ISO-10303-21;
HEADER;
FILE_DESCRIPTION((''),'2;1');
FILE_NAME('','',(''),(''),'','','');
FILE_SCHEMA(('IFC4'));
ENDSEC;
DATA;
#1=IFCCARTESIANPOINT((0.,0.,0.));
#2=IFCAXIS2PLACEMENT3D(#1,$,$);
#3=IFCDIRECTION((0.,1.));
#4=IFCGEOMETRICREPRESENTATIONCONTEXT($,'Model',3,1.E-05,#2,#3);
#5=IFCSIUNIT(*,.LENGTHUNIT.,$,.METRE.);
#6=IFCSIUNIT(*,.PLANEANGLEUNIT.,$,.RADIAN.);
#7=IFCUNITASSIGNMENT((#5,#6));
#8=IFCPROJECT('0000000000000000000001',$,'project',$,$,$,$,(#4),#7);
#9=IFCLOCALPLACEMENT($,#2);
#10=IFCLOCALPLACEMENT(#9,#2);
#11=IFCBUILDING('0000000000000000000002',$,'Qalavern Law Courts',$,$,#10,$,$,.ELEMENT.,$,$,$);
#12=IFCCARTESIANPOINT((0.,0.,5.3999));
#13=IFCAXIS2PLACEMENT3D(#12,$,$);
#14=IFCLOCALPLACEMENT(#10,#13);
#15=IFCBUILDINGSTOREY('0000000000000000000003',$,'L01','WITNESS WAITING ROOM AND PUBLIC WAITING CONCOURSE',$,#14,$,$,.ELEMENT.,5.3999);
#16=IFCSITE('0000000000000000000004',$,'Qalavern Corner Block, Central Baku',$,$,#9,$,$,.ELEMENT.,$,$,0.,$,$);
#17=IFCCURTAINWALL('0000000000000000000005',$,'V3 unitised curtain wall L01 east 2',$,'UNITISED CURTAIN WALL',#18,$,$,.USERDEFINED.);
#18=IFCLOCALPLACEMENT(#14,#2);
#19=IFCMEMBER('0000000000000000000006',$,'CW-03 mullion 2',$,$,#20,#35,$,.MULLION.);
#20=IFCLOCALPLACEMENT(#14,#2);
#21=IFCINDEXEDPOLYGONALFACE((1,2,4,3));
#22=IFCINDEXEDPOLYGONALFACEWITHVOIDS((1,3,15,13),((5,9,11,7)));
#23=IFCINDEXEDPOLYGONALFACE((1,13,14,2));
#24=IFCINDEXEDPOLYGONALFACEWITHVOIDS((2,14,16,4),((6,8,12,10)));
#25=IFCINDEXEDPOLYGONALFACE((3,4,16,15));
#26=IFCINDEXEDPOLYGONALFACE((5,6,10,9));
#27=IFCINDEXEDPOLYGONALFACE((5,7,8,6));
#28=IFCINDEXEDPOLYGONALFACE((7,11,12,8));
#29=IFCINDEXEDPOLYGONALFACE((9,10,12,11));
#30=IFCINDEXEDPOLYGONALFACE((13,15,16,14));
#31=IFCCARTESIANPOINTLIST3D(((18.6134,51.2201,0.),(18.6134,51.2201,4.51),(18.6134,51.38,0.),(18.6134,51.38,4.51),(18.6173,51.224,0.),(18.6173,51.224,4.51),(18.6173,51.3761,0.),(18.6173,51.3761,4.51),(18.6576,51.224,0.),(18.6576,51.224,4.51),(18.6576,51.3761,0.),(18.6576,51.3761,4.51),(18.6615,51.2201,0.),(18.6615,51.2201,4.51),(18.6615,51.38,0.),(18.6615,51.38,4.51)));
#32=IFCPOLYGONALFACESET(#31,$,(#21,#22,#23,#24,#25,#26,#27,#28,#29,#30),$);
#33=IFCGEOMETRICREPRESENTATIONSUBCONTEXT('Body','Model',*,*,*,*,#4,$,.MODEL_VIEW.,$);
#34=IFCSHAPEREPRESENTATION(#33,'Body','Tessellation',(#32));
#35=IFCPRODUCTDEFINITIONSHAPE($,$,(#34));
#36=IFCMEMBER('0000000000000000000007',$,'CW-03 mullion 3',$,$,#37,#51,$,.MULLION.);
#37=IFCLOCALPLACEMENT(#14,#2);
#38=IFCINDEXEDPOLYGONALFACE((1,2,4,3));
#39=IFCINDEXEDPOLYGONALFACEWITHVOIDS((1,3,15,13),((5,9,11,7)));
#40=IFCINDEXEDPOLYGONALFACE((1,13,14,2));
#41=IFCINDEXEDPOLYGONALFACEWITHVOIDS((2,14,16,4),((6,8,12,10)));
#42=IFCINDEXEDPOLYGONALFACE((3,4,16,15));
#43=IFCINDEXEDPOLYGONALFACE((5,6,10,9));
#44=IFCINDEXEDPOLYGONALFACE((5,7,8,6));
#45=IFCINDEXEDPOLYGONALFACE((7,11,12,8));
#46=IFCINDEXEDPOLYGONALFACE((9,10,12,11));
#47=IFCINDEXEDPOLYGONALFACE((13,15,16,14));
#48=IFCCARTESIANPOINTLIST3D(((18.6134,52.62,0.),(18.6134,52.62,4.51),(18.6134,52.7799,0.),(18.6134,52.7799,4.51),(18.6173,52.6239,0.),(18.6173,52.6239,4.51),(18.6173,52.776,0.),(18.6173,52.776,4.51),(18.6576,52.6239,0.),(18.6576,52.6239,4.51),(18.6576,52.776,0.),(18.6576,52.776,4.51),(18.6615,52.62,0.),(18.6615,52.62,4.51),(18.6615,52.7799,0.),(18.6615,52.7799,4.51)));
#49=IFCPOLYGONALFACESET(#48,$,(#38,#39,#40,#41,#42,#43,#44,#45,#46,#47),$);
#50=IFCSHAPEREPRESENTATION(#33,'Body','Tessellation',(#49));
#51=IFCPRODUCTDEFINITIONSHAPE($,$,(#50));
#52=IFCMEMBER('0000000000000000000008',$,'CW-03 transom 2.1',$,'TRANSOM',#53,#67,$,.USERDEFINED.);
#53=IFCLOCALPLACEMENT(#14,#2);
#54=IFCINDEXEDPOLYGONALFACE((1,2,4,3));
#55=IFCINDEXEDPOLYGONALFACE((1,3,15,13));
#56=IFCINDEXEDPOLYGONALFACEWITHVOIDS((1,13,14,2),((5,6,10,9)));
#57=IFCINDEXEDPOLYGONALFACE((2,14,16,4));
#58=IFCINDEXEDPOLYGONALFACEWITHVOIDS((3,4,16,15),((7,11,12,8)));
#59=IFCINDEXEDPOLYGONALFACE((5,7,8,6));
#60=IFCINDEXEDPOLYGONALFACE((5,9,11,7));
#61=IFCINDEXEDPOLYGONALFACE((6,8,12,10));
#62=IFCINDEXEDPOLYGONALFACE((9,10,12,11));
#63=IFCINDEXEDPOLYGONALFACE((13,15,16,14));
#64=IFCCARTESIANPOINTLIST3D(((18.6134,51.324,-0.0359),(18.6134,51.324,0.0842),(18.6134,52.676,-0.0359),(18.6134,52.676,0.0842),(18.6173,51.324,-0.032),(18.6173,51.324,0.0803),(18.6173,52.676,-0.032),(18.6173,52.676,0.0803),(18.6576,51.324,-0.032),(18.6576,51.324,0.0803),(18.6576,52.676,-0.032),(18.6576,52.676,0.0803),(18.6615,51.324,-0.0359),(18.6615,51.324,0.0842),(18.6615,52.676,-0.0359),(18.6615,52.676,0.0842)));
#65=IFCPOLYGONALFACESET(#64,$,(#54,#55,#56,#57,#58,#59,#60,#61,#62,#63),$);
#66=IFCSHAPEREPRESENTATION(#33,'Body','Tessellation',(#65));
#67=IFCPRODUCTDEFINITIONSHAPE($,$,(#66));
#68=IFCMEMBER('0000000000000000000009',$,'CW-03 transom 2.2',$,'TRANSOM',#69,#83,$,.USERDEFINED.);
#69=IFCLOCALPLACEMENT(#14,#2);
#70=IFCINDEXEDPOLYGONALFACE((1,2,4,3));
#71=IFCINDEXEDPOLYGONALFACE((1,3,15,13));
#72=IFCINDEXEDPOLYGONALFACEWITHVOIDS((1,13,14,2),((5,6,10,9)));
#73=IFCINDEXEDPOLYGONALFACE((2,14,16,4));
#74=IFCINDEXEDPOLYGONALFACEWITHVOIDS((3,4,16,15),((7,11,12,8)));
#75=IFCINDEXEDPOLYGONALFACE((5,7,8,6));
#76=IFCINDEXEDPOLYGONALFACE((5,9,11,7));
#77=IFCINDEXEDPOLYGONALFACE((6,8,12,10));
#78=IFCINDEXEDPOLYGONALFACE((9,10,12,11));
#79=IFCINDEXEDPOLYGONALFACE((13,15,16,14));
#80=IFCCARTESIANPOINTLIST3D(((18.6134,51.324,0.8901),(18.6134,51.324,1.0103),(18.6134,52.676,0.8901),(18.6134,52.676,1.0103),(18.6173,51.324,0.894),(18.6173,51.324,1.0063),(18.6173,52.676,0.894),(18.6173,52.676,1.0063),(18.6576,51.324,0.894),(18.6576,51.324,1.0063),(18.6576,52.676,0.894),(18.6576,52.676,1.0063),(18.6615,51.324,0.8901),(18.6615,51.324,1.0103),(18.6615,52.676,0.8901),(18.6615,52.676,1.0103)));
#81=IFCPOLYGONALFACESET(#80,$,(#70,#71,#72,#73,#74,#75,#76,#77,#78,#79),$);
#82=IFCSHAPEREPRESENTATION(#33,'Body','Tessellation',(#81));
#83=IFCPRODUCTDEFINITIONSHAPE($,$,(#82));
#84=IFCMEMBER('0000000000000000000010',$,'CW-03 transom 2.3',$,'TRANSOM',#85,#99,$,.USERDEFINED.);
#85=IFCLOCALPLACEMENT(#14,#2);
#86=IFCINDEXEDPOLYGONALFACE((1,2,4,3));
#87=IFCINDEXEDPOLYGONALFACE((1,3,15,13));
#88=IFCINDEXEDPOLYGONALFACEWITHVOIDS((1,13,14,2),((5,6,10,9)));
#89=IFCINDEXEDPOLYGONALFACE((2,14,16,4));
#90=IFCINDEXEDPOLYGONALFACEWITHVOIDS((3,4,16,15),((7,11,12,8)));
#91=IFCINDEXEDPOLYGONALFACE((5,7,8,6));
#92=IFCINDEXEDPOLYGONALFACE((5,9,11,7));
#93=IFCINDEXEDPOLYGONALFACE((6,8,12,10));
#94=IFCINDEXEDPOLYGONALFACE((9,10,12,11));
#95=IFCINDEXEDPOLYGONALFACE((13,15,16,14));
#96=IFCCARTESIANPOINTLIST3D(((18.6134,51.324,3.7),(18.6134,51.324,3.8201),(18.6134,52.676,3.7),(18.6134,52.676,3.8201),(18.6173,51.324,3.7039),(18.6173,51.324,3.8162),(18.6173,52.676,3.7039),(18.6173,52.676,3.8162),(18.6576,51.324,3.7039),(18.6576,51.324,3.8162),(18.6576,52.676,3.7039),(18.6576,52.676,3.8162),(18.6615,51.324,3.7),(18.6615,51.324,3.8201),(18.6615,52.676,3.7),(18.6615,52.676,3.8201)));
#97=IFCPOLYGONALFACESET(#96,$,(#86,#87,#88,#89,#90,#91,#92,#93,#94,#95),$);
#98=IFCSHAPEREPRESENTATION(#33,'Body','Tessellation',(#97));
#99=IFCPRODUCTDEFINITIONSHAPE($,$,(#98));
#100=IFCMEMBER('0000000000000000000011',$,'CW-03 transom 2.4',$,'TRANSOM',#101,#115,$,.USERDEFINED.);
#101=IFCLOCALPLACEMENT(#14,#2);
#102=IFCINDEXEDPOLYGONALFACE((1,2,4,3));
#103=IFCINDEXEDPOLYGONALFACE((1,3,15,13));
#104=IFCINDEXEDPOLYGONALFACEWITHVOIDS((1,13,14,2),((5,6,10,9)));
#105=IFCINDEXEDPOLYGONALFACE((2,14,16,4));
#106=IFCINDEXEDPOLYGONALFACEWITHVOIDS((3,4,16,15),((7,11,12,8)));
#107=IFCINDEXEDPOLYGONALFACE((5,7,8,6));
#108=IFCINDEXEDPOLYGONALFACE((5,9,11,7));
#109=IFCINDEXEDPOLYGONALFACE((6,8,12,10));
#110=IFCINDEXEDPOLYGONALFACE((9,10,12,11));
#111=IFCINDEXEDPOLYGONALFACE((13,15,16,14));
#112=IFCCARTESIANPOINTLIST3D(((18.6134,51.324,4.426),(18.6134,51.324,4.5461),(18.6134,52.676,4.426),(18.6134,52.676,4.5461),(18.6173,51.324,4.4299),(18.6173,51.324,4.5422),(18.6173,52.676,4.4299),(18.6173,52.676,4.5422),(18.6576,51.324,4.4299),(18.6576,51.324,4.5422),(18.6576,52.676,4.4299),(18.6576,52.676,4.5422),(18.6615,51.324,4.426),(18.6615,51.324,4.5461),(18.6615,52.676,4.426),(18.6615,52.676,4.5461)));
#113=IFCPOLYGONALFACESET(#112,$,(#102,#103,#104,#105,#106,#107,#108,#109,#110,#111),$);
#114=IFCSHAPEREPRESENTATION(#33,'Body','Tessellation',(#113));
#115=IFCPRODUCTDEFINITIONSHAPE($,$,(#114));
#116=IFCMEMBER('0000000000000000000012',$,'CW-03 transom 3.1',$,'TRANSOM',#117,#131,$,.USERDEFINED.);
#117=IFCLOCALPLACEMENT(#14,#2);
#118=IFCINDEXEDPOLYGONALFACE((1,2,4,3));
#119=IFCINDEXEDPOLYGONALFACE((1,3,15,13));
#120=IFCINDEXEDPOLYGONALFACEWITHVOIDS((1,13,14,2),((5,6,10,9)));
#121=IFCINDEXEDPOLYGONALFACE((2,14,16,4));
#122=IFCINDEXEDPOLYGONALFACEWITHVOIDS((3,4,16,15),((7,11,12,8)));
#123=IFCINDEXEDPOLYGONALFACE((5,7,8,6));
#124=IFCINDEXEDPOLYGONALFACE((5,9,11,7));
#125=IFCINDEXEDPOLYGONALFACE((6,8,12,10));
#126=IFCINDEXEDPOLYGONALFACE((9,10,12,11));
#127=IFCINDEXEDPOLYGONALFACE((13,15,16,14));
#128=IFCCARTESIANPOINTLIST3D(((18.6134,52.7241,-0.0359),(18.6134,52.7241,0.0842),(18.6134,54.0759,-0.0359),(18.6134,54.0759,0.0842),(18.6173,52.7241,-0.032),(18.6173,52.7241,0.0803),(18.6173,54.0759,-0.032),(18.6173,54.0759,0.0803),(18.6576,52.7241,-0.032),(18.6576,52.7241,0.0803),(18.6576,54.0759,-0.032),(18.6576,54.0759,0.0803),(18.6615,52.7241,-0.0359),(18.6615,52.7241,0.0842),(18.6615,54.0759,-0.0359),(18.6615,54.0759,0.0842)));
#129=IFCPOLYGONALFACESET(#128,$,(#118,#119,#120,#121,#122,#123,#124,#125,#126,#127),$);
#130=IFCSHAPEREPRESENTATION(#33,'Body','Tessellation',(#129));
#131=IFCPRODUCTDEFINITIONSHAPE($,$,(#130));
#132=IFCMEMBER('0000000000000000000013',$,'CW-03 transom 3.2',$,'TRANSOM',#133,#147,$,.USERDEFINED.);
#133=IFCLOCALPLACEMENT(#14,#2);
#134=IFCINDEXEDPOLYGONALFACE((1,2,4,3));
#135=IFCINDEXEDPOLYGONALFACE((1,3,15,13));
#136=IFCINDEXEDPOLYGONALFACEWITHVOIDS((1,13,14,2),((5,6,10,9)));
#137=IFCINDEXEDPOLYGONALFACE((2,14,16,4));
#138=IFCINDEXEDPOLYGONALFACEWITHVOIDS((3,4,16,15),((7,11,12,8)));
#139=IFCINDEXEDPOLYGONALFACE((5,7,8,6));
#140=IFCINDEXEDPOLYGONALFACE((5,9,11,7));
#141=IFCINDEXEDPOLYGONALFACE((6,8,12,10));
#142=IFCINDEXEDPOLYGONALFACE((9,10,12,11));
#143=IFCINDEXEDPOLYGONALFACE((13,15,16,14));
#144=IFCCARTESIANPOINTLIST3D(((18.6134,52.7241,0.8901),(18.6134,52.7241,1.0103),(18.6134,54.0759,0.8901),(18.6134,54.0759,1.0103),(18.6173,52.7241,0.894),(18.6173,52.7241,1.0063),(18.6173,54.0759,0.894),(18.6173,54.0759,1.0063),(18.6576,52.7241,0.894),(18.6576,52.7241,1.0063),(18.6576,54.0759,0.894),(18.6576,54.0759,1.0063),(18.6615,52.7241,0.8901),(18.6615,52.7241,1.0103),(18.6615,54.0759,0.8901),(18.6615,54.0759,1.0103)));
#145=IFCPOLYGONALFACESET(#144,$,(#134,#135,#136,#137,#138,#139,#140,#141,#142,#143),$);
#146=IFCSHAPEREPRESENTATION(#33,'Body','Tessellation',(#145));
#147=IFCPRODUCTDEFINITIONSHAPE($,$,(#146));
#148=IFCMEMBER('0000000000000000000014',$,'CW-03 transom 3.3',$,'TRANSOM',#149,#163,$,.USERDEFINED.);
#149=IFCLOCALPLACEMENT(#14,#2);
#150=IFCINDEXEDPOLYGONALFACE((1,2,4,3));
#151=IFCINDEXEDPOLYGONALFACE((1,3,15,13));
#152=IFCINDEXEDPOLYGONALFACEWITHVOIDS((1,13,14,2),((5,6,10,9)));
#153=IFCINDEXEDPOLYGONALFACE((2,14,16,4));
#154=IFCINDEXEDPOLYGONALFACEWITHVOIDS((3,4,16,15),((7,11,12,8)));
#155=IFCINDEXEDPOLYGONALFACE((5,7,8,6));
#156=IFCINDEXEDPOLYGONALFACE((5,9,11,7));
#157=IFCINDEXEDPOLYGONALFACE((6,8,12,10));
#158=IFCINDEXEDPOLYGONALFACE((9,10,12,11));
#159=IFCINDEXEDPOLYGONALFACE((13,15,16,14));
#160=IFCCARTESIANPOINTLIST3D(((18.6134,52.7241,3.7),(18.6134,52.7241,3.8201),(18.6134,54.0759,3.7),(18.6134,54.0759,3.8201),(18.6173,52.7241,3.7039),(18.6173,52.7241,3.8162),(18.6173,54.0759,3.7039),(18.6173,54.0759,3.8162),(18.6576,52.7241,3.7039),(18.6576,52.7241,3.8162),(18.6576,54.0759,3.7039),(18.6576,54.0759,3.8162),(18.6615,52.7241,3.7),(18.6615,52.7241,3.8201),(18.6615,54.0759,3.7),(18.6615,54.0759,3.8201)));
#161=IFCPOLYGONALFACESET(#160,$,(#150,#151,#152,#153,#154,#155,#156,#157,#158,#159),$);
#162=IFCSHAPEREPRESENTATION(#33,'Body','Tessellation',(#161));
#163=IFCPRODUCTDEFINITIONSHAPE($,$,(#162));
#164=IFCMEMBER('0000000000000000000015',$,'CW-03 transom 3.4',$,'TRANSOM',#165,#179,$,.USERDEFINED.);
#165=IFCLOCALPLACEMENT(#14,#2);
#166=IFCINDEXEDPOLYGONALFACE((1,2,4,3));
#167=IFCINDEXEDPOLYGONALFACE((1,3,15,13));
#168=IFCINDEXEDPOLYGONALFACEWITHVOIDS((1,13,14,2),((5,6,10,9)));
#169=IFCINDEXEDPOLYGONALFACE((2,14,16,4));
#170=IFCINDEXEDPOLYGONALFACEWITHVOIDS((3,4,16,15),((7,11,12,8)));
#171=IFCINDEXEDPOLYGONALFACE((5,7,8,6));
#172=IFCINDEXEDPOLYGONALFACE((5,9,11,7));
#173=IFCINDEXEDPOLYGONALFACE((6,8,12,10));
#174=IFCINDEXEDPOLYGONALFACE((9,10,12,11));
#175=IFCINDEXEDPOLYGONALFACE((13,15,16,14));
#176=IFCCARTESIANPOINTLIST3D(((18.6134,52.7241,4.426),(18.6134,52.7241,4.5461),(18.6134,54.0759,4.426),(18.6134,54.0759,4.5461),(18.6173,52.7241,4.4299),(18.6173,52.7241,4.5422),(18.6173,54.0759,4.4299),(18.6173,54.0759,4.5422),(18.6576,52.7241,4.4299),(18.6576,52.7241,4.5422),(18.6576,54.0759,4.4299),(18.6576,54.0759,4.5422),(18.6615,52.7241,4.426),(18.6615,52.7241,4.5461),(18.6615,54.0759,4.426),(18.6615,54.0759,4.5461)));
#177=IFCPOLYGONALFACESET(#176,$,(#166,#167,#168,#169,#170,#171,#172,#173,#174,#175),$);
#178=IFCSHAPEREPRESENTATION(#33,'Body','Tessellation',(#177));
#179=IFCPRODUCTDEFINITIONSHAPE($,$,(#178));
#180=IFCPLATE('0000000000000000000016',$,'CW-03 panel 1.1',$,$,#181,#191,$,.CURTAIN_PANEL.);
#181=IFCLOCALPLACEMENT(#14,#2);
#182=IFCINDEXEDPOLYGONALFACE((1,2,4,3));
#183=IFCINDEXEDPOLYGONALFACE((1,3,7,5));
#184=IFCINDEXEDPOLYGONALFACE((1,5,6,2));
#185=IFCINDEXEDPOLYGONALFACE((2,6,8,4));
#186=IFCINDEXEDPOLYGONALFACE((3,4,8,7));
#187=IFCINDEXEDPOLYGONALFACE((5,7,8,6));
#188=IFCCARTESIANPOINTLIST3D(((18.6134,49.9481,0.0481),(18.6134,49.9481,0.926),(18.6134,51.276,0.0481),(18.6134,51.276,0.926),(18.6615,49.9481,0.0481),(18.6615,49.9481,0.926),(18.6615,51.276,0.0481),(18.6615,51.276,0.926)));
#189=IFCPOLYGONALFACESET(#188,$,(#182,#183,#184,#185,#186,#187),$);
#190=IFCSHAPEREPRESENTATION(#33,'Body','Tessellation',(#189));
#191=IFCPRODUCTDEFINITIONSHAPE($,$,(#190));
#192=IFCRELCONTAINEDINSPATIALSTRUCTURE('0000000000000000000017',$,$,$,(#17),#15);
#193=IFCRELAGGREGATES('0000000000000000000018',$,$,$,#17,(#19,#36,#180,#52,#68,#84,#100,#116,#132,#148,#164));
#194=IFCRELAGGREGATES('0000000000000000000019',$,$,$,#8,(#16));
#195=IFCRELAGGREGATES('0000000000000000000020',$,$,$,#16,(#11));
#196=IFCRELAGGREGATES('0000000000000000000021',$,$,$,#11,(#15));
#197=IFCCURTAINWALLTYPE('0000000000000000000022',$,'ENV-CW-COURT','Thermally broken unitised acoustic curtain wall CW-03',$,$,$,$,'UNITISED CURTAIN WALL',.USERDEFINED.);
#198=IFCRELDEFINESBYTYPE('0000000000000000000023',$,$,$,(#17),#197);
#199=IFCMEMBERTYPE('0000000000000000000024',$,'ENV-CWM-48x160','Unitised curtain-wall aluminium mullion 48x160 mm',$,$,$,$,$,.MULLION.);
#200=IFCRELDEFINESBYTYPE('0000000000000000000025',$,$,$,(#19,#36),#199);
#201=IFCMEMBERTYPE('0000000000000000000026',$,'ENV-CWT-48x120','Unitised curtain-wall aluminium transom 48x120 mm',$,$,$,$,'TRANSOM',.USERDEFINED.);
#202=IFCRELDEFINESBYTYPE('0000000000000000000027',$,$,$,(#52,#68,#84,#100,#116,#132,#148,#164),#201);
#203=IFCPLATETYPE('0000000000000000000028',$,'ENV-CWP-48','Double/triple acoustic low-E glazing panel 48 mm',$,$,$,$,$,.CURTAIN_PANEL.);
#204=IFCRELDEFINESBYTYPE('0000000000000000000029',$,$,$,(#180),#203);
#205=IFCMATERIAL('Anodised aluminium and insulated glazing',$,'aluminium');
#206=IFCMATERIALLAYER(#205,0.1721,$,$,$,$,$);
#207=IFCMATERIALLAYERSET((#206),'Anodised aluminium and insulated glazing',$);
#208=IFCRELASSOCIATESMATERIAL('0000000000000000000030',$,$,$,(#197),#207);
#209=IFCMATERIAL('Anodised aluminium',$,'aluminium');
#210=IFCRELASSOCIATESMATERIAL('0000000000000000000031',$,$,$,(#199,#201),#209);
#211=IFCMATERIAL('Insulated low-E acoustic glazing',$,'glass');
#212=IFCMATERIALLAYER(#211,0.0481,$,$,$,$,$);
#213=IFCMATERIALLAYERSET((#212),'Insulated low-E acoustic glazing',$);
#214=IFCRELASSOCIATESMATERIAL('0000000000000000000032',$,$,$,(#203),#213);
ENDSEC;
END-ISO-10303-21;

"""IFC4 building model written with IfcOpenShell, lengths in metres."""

from ifc_helpers import new_model, si_unit, direction, frame, origin, origin_2d, place, context, subcontext, project, spatial, rectangle, hollow_rectangle, extrude, material, layer, layer_set, material_profile, profile_set, type_object, element, aggregate, save


model = new_model("IFC4")

# Units and contexts
model_context = context("Model", 3, precision=1e-05, world=origin(), true_north=direction((0.0, 1.0)))
body_context = subcontext(model_context, "Body", "Model", "MODEL_VIEW")
ifc_project = project(units=[si_unit("LENGTHUNIT", "METRE"), si_unit("PLANEANGLEUNIT", "RADIAN")], contexts=[model_context])

# Site, building, storey
site_placement = place(None, origin())
site = spatial("IfcSite", under=ifc_project, at=site_placement, Name="Qalavern Corner Block, Central Baku", CompositionType="ELEMENT", RefElevation=0.0)
building_placement = place(site_placement, origin())
building = spatial("IfcBuilding", under=site, at=building_placement, Name="Qalavern Law Courts", CompositionType="ELEMENT")
storey_placement = place(building_placement, frame((0.0, 0.0, 5.3999)))
storey = spatial("IfcBuildingStorey", under=building, at=storey_placement, Name="L01", Description="WITNESS WAITING ROOM AND PUBLIC WAITING CONCOURSE", CompositionType="ELEMENT", Elevation=5.3999)

# Curtain wall, members, plate
ifc_material_1 = material(Name="Anodised aluminium and insulated glazing", Category="aluminium")
ifc_layer_1 = layer(ifc_material_1, 0.1721)
ifc_layer_set_1 = layer_set([ifc_layer_1], Name="Anodised aluminium and insulated glazing")
curtain_wall_type = type_object("IfcCurtainWallType", Name="ENV-CW-COURT", Description="Thermally broken unitised acoustic curtain wall CW-03", ElementType="UNITISED CURTAIN WALL", PredefinedType="USERDEFINED", material=ifc_layer_set_1)
curtain_wall_placement = place(storey_placement, origin())
curtain_wall = element("IfcCurtainWall", 1, at=curtain_wall_placement, inside=storey, type_object=curtain_wall_type, Name="V3 unitised curtain wall L01 east 2", ObjectType="UNITISED CURTAIN WALL", PredefinedType="USERDEFINED")
ifc_material_2 = material(Name="Anodised aluminium", Category="aluminium")
ifc_material_profile_1 = material_profile(ifc_material_2, hollow_rectangle(XDim=0.0481, YDim=0.1599, WallThickness=0.0039, at=origin_2d()), Name="ALU MULLION 48x160")
ifc_profile_set_1 = profile_set([ifc_material_profile_1], Name="Anodised aluminium")
member_type_1 = type_object("IfcMemberType", Name="ENV-CWM-48x160", Description="Unitised curtain-wall aluminium mullion 48x160 mm", PredefinedType="MULLION", material=ifc_profile_set_1)
member_1_placement = place(storey_placement, frame((18.6375, 51.3, 0.0), z_axis=(0.0, 0.0, 1.0), x_axis=(-1.0, 0.0, 0.0)))
member_1 = element("IfcMember", 2, at=member_1_placement, type_object=member_type_1, Name="CW-03 mullion 2", PredefinedType="MULLION", context=body_context, shape_type="SweptSolid", body=[
    extrude(hollow_rectangle(XDim=0.0481, YDim=0.1599, WallThickness=0.0039, at=origin_2d()), origin(), (0.0, 0.0, 1.0), 4.51),
])
member_2_placement = place(storey_placement, frame((18.6375, 52.7, 0.0), z_axis=(0.0, 0.0, 1.0), x_axis=(-1.0, 0.0, 0.0)))
member_2 = element("IfcMember", 3, at=member_2_placement, type_object=member_type_1, Name="CW-03 mullion 3", PredefinedType="MULLION", context=body_context, shape_type="SweptSolid", body=[
    extrude(hollow_rectangle(XDim=0.0481, YDim=0.1599, WallThickness=0.0039, at=origin_2d()), origin(), (0.0, 0.0, 1.0), 4.51),
])
ifc_material_profile_2 = material_profile(ifc_material_2, hollow_rectangle(XDim=0.0481, YDim=0.1201, WallThickness=0.0039, at=origin_2d()), Name="ALU TRANSOM 48x120")
ifc_profile_set_2 = profile_set([ifc_material_profile_2], Name="Anodised aluminium")
member_type_2 = type_object("IfcMemberType", Name="ENV-CWT-48x120", Description="Unitised curtain-wall aluminium transom 48x120 mm", ElementType="TRANSOM", PredefinedType="USERDEFINED", material=ifc_profile_set_2)
member_3_placement = place(storey_placement, frame((18.6375, 51.324, 0.0242), z_axis=(0.0, 1.0, 0.0), x_axis=(-1.0, 0.0, 0.0)))
member_3 = element("IfcMember", 4, at=member_3_placement, type_object=member_type_2, Name="CW-03 transom 2.1", ObjectType="TRANSOM", PredefinedType="USERDEFINED", context=body_context, shape_type="SweptSolid", body=[
    extrude(hollow_rectangle(XDim=0.0481, YDim=0.1201, WallThickness=0.0039, at=origin_2d()), origin(), (0.0, 0.0, 1.0), 1.3521),
])
member_4_placement = place(storey_placement, frame((18.6375, 51.324, 0.9502), z_axis=(0.0, 1.0, 0.0), x_axis=(-1.0, 0.0, 0.0)))
member_4 = element("IfcMember", 5, at=member_4_placement, type_object=member_type_2, Name="CW-03 transom 2.2", ObjectType="TRANSOM", PredefinedType="USERDEFINED", context=body_context, shape_type="SweptSolid", body=[
    extrude(hollow_rectangle(XDim=0.0481, YDim=0.1201, WallThickness=0.0039, at=origin_2d()), origin(), (0.0, 0.0, 1.0), 1.3521),
])
member_5_placement = place(storey_placement, frame((18.6375, 51.324, 3.76), z_axis=(0.0, 1.0, 0.0), x_axis=(-1.0, 0.0, 0.0)))
member_5 = element("IfcMember", 6, at=member_5_placement, type_object=member_type_2, Name="CW-03 transom 2.3", ObjectType="TRANSOM", PredefinedType="USERDEFINED", context=body_context, shape_type="SweptSolid", body=[
    extrude(hollow_rectangle(XDim=0.0481, YDim=0.1201, WallThickness=0.0039, at=origin_2d()), origin(), (0.0, 0.0, 1.0), 1.3521),
])
member_6_placement = place(storey_placement, frame((18.6375, 51.324, 4.4861), z_axis=(0.0, 1.0, 0.0), x_axis=(-1.0, 0.0, 0.0)))
member_6 = element("IfcMember", 7, at=member_6_placement, type_object=member_type_2, Name="CW-03 transom 2.4", ObjectType="TRANSOM", PredefinedType="USERDEFINED", context=body_context, shape_type="SweptSolid", body=[
    extrude(hollow_rectangle(XDim=0.0481, YDim=0.1201, WallThickness=0.0039, at=origin_2d()), origin(), (0.0, 0.0, 1.0), 1.3521),
])
member_7_placement = place(storey_placement, frame((18.6375, 52.7241, 0.0242), z_axis=(0.0, 1.0, 0.0), x_axis=(-1.0, 0.0, 0.0)))
member_7 = element("IfcMember", 8, at=member_7_placement, type_object=member_type_2, Name="CW-03 transom 3.1", ObjectType="TRANSOM", PredefinedType="USERDEFINED", context=body_context, shape_type="SweptSolid", body=[
    extrude(hollow_rectangle(XDim=0.0481, YDim=0.1201, WallThickness=0.0039, at=origin_2d()), origin(), (0.0, 0.0, 1.0), 1.3518),
])
member_8_placement = place(storey_placement, frame((18.6375, 52.7241, 0.9502), z_axis=(0.0, 1.0, 0.0), x_axis=(-1.0, 0.0, 0.0)))
member_8 = element("IfcMember", 9, at=member_8_placement, type_object=member_type_2, Name="CW-03 transom 3.2", ObjectType="TRANSOM", PredefinedType="USERDEFINED", context=body_context, shape_type="SweptSolid", body=[
    extrude(hollow_rectangle(XDim=0.0481, YDim=0.1201, WallThickness=0.0039, at=origin_2d()), origin(), (0.0, 0.0, 1.0), 1.3518),
])
member_9_placement = place(storey_placement, frame((18.6375, 52.7241, 3.76), z_axis=(0.0, 1.0, 0.0), x_axis=(-1.0, 0.0, 0.0)))
member_9 = element("IfcMember", 10, at=member_9_placement, type_object=member_type_2, Name="CW-03 transom 3.3", ObjectType="TRANSOM", PredefinedType="USERDEFINED", context=body_context, shape_type="SweptSolid", body=[
    extrude(hollow_rectangle(XDim=0.0481, YDim=0.1201, WallThickness=0.0039, at=origin_2d()), origin(), (0.0, 0.0, 1.0), 1.3518),
])
member_10_placement = place(storey_placement, frame((18.6375, 52.7241, 4.4861), z_axis=(0.0, 1.0, 0.0), x_axis=(-1.0, 0.0, 0.0)))
member_10 = element("IfcMember", 11, at=member_10_placement, type_object=member_type_2, Name="CW-03 transom 3.4", ObjectType="TRANSOM", PredefinedType="USERDEFINED", context=body_context, shape_type="SweptSolid", body=[
    extrude(hollow_rectangle(XDim=0.0481, YDim=0.1201, WallThickness=0.0039, at=origin_2d()), origin(), (0.0, 0.0, 1.0), 1.3518),
])
ifc_material_3 = material(Name="Insulated low-E acoustic glazing", Category="glass")
ifc_layer_2 = layer(ifc_material_3, 0.0481)
ifc_layer_set_2 = layer_set([ifc_layer_2], Name="Insulated low-E acoustic glazing")
plate_type = type_object("IfcPlateType", Name="ENV-CWP-48", Description="Double/triple acoustic low-E glazing panel 48 mm", PredefinedType="CURTAIN_PANEL", material=ifc_layer_set_2)
plate_1_placement = place(storey_placement, frame((18.6375, 50.6121, 0.0481), z_axis=(0.0, 0.0, 1.0), x_axis=(0.0, 1.0, 0.0)))
plate_1 = element("IfcPlate", 12, at=plate_1_placement, type_object=plate_type, Name="CW-03 panel 1.1", PredefinedType="CURTAIN_PANEL", context=body_context, shape_type="SweptSolid", body=[
    extrude(rectangle(XDim=1.3279, YDim=0.0481, at=origin_2d()), origin(), (0.0, 0.0, 1.0), 0.8779),
])
aggregate(curtain_wall, [member_1, member_2, plate_1, member_3, member_4, member_5, member_6, member_7, member_8, member_9, member_10])

save(model, "model.ifc")
